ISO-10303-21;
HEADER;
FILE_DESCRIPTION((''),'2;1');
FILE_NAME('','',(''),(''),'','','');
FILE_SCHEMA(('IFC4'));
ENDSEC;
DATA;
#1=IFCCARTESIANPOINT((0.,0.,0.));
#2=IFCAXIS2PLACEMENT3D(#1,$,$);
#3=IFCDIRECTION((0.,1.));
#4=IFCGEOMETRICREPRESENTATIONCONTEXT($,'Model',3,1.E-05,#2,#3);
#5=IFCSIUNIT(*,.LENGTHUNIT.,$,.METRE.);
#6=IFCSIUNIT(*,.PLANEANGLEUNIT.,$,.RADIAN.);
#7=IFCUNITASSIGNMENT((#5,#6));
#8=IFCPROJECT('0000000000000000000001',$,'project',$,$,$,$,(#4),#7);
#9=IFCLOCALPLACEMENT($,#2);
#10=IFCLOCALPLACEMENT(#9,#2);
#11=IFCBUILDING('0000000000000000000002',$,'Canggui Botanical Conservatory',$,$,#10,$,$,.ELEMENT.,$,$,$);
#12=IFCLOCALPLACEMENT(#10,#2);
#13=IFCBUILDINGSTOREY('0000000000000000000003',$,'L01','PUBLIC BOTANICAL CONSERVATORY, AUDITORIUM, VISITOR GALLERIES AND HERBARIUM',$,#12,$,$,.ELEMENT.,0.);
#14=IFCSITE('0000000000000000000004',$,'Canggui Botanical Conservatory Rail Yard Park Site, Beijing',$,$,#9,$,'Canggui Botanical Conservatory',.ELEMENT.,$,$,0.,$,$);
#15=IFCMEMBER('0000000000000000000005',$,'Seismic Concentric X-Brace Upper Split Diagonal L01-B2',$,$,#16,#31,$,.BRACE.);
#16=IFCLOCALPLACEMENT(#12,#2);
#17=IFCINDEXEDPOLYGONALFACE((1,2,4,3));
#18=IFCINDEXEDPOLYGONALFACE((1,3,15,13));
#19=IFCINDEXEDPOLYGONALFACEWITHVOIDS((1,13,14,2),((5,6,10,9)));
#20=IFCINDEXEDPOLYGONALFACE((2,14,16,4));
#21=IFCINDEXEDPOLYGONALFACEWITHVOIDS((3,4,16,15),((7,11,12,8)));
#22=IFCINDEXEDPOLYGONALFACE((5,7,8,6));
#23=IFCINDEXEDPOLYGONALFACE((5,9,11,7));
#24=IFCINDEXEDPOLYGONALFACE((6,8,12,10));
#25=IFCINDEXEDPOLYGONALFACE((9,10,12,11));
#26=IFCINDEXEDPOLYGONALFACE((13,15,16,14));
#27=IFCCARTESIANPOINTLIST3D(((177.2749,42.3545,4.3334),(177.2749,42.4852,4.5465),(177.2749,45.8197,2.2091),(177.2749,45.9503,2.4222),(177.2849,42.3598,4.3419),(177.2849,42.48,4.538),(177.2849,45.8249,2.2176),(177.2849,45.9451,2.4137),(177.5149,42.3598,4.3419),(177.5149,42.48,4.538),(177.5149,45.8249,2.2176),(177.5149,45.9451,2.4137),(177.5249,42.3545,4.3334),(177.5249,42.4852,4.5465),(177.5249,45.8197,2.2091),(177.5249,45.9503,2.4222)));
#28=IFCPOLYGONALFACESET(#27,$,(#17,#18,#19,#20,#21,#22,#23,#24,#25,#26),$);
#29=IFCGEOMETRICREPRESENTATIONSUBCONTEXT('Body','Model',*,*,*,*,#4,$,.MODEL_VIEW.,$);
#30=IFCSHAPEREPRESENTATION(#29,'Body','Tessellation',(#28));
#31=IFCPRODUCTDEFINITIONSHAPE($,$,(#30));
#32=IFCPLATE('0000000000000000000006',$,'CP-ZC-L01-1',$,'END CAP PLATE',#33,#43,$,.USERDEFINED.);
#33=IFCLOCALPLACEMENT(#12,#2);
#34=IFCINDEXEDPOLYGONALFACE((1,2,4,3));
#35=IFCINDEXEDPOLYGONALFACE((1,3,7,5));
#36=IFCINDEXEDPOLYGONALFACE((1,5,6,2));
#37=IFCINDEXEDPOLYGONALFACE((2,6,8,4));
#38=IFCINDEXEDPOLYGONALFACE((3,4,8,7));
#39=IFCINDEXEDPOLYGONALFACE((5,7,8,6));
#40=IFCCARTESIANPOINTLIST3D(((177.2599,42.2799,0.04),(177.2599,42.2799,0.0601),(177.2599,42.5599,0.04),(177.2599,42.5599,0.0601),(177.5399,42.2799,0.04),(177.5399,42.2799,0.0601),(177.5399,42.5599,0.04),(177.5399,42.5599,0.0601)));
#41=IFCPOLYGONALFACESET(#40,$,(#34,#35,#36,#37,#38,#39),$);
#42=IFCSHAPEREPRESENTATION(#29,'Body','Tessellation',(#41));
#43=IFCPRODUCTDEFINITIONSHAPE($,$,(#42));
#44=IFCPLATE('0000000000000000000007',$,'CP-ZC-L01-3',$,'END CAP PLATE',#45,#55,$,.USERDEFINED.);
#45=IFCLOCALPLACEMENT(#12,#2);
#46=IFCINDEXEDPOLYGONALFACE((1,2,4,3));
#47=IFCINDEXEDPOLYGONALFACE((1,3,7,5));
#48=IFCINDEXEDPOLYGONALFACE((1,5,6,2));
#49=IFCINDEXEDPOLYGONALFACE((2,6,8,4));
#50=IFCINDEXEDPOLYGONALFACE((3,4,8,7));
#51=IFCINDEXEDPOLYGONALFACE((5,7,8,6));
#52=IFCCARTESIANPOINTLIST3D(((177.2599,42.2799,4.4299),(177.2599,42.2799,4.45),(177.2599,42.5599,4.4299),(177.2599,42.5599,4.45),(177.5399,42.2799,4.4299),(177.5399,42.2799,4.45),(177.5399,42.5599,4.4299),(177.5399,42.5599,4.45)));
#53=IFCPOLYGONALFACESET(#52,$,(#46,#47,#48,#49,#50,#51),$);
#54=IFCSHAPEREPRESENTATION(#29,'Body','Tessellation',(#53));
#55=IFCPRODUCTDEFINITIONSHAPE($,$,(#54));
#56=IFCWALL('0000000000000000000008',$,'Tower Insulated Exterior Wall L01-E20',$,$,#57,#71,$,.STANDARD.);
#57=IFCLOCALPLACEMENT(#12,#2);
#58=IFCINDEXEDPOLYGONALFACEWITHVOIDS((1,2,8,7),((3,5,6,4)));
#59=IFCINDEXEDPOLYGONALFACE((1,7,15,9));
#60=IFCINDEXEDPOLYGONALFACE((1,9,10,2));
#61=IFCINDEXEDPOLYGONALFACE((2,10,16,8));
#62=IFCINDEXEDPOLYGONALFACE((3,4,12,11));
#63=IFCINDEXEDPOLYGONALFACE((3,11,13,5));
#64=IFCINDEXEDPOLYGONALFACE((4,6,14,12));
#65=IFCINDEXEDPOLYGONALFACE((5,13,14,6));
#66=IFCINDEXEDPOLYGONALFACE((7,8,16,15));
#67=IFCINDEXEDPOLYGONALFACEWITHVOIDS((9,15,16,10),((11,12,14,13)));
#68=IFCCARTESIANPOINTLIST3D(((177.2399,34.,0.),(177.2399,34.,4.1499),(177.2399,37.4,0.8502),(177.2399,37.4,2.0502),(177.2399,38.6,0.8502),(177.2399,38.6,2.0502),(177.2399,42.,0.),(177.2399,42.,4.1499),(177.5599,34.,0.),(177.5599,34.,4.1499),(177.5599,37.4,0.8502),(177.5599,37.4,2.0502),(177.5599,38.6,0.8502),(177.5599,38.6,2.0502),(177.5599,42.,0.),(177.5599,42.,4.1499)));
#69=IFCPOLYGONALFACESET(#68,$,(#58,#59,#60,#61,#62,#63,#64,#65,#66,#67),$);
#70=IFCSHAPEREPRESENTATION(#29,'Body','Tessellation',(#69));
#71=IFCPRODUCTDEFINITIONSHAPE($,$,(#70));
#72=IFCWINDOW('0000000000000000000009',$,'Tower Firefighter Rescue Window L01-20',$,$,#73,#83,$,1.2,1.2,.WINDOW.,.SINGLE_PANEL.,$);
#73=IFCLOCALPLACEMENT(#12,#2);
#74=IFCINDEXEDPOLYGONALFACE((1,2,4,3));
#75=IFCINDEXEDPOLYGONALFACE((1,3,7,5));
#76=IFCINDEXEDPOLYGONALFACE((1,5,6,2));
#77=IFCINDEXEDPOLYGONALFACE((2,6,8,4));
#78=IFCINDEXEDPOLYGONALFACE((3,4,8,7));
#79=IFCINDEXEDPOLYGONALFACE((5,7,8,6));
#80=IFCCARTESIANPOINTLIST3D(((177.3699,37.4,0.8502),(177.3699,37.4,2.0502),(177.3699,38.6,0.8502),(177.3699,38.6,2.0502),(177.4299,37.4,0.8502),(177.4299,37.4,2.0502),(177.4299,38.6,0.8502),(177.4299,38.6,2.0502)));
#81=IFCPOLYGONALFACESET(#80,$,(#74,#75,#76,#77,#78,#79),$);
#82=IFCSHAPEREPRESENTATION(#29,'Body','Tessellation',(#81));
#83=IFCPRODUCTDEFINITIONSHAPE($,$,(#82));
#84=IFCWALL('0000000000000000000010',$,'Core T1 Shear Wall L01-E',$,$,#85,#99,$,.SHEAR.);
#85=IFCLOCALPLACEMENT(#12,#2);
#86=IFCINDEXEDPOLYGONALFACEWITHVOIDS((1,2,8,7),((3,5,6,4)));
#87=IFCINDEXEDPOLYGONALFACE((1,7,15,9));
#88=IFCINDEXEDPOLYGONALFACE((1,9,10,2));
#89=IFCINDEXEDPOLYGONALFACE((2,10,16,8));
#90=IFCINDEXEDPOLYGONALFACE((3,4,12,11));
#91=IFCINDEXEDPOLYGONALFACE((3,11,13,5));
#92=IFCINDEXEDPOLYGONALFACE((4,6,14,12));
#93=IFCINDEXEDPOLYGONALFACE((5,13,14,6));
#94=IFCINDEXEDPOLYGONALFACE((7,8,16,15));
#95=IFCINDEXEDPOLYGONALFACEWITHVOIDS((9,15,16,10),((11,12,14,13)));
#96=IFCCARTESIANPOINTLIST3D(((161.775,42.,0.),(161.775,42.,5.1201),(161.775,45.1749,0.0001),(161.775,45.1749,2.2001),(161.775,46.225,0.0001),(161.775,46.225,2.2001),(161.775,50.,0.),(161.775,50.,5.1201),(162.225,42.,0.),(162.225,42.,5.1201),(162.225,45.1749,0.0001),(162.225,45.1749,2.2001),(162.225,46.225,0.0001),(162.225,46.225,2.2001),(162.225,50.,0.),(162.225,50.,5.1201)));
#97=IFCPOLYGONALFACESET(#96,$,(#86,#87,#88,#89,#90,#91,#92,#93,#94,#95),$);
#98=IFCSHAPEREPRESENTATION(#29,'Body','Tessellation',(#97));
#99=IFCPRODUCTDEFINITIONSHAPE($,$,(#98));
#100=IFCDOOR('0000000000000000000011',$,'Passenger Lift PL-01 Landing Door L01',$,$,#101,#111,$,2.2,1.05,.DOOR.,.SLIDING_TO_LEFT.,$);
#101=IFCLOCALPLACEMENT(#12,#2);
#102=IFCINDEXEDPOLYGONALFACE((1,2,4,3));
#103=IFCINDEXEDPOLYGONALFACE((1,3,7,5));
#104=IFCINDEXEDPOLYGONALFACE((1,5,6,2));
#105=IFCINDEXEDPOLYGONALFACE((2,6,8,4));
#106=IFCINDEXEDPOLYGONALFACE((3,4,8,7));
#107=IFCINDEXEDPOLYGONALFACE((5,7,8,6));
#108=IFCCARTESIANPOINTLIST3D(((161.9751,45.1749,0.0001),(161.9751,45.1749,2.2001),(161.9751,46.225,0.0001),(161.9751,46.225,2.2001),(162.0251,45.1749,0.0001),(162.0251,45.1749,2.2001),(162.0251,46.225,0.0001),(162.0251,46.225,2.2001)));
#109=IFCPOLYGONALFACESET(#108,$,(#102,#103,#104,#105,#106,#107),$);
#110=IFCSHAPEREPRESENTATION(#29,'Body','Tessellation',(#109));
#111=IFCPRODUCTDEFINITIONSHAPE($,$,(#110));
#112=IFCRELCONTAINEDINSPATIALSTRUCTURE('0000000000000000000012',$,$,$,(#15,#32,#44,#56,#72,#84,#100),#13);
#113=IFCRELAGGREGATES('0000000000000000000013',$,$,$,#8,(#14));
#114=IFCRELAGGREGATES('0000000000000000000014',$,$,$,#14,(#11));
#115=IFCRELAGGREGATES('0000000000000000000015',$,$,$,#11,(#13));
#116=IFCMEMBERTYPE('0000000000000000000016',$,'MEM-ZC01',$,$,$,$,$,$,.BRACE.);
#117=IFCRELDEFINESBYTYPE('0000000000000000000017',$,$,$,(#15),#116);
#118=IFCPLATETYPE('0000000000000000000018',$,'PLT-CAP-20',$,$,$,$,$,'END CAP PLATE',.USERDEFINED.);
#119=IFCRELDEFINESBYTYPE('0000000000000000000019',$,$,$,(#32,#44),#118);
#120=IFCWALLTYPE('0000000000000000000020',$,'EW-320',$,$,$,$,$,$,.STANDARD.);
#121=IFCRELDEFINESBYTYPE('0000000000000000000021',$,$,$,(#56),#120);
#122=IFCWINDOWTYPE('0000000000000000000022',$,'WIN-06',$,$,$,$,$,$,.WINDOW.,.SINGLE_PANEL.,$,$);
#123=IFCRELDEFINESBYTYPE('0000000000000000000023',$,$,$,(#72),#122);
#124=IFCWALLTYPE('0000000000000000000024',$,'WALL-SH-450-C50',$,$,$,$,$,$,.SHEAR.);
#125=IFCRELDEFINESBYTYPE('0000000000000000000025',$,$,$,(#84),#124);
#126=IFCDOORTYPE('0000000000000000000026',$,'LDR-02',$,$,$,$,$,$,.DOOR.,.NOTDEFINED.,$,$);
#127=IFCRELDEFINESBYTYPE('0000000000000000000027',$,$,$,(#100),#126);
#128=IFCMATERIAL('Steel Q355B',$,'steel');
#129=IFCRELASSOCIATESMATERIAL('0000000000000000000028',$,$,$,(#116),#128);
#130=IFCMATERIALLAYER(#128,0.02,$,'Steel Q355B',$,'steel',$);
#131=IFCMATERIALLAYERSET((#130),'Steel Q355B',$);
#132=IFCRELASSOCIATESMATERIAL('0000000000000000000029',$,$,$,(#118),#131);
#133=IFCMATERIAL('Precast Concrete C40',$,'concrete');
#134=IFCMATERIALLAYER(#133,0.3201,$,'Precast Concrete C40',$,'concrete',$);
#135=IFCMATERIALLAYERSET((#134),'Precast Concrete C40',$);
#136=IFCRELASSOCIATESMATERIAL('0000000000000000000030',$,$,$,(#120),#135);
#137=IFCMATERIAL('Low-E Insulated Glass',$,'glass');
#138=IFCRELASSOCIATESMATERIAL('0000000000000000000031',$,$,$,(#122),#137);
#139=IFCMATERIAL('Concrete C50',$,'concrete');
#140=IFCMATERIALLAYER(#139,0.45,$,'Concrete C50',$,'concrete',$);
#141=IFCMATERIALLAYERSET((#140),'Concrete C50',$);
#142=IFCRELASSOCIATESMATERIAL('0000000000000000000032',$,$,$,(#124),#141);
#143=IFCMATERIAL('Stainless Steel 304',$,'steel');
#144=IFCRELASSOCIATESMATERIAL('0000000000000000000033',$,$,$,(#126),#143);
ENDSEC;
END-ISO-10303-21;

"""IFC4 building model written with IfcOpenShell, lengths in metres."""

from ifc_helpers import new_model, si_unit, direction, frame, frame_2d, origin, origin_2d, place, context, subcontext, project, spatial, rectangle, hollow_rectangle, extrude, material, layer, layer_set, material_profile, profile_set, type_object, element, fill, save


model = new_model("IFC4")

# Units and contexts
model_context = context("Model", 3, precision=1e-05, world=origin(), true_north=direction((0.0, 1.0)))
body_context = subcontext(model_context, "Body", "Model", "MODEL_VIEW")
ifc_project = project(units=[si_unit("LENGTHUNIT", "METRE"), si_unit("PLANEANGLEUNIT", "RADIAN")], contexts=[model_context])

# Site, building, storey
site_placement = place(None, origin())
site = spatial("IfcSite", under=ifc_project, at=site_placement, Name="Canggui Botanical Conservatory Rail Yard Park Site, Beijing", LongName="Canggui Botanical Conservatory", CompositionType="ELEMENT", RefElevation=0.0)
building_placement = place(site_placement, origin())
building = spatial("IfcBuilding", under=site, at=building_placement, Name="Canggui Botanical Conservatory", CompositionType="ELEMENT")
storey_placement = place(building_placement, origin())
storey = spatial("IfcBuildingStorey", under=building, at=storey_placement, Name="L01", Description="PUBLIC BOTANICAL CONSERVATORY, AUDITORIUM, VISITOR GALLERIES AND HERBARIUM", CompositionType="ELEMENT", Elevation=0.0)

# Shared definitions
ifc_material_1 = material(Name="Concrete C50", Category="concrete")

# Member
ifc_material_2 = material(Name="Steel Q355B", Category="steel")
ifc_material_profile_1 = material_profile(ifc_material_2, hollow_rectangle(XDim=0.25, YDim=0.25, WallThickness=0.01, at=origin_2d()), Name="SHS 250x250x10")
ifc_profile_set_1 = profile_set([ifc_material_profile_1], Name="Steel Q355B")
member_type = type_object("IfcMemberType", Name="MEM-ZC01", PredefinedType="BRACE", material=ifc_profile_set_1)
member_1_placement = place(storey_placement, frame((177.3999, 45.885, 2.3157), z_axis=(0.0, -0.852546, 0.522652), x_axis=(1.0, 0.0, 0.0)))
element("IfcMember", 1, at=member_1_placement, inside=storey, type_object=member_type, Name="Seismic Concentric X-Brace Upper Split Diagonal L01-B2", PredefinedType="BRACE", context=body_context, shape_type="SweptSolid", body=[
    extrude(hollow_rectangle(XDim=0.25, YDim=0.25, WallThickness=0.01, at=origin_2d()), origin(), (0.0, 0.0, 1.0), 4.0645),
])

# Plates
ifc_layer_1 = layer(ifc_material_2, 0.02, Name="Steel Q355B", Category="steel")
ifc_layer_set_1 = layer_set([ifc_layer_1], Name="Steel Q355B")
plate_type = type_object("IfcPlateType", Name="PLT-CAP-20", ElementType="END CAP PLATE", PredefinedType="USERDEFINED", material=ifc_layer_set_1)
for number, where, z_axis, x_axis, name in (
    (2, (177.3999, 42.4199, 0.04), (0.0, 0.0, 1.0), (1.0, 0.0, 0.0), "CP-ZC-L01-1"),
    (3, (177.3999, 42.4199, 4.4299), (0.0, 0.0, 1.0), (1.0, 0.0, 0.0), "CP-ZC-L01-3"),
):
    element("IfcPlate", number, at=place(storey_placement, frame(where, z_axis=z_axis, x_axis=x_axis)), inside=storey, type_object=plate_type, Name=name, ObjectType="END CAP PLATE", PredefinedType="USERDEFINED", context=body_context, shape_type="SweptSolid", body=[
        extrude(rectangle(XDim=0.28, YDim=0.28, at=origin_2d()), origin(), (0.0, 0.0, 1.0), 0.02),
    ])

# Wall, opening, window
ifc_material_3 = material(Name="Precast Concrete C40", Category="concrete")
ifc_layer_2 = layer(ifc_material_3, 0.3201, Name="Precast Concrete C40", Category="concrete")
ifc_layer_set_2 = layer_set([ifc_layer_2], Name="Precast Concrete C40")
wall_type_1 = type_object("IfcWallType", Name="EW-320", PredefinedType="STANDARD", material=ifc_layer_set_2)
wall_1_placement = place(storey_placement, frame((177.3999, 42.0, 0.0), z_axis=(0.0, 0.0, 1.0), x_axis=(0.0, -1.0, 0.0)))
wall_1 = element("IfcWall", 4, at=wall_1_placement, inside=storey, type_object=wall_type_1, Name="Tower Insulated Exterior Wall L01-E20", PredefinedType="STANDARD", context=body_context, shape_type="SweptSolid", body=[
    extrude(rectangle(XDim=8.0, YDim=0.3201, at=frame_2d((4.0, 0.0))), origin(), (0.0, 0.0, 1.0), 4.1499),
])
opening_1_placement = place(wall_1_placement, frame((3.3999, 0.0, 0.8501)))
opening_1 = element("IfcOpeningElement", 5, at=opening_1_placement, cuts=wall_1, PredefinedType="OPENING", context=body_context, shape_type="SweptSolid", body=[
    extrude(rectangle(XDim=1.2, YDim=1.2, at=frame_2d((0.6001, 0.6001))), frame((0.0, 0.1699, 0.0), z_axis=(0.0, -1.0, 0.0), x_axis=(1.0, 0.0, 0.0)), (0.0, 0.0, 1.0), 0.3401),
])
ifc_material_4 = material(Name="Low-E Insulated Glass", Category="glass")
window_type = type_object("IfcWindowType", Name="WIN-06", PartitioningType="SINGLE_PANEL", PredefinedType="WINDOW", material=ifc_material_4)
window_placement = place(opening_1_placement, origin())
window = element("IfcWindow", 6, at=window_placement, inside=storey, type_object=window_type, Name="Tower Firefighter Rescue Window L01-20", OverallHeight=1.2, OverallWidth=1.2, PartitioningType="SINGLE_PANEL", PredefinedType="WINDOW", context=body_context, shape_type="SweptSolid", body=[
    extrude(rectangle(XDim=1.2, YDim=1.2, at=frame_2d((0.6001, 0.6001))), frame((0.0, 0.03, 0.0), z_axis=(0.0, -1.0, 0.0), x_axis=(1.0, 0.0, 0.0)), (0.0, 0.0, 1.0), 0.0601),
])
fill(opening_1, window)

# Wall, opening, door
ifc_layer_3 = layer(ifc_material_1, 0.45, Name="Concrete C50", Category="concrete")
ifc_layer_set_3 = layer_set([ifc_layer_3], Name="Concrete C50")
wall_type_2 = type_object("IfcWallType", Name="WALL-SH-450-C50", PredefinedType="SHEAR", material=ifc_layer_set_3)
wall_2_placement = place(storey_placement, frame((162.0, 42.0, 0.0), z_axis=(0.0, 0.0, 1.0), x_axis=(0.0, 1.0, 0.0)))
wall_2 = element("IfcWall", 7, at=wall_2_placement, inside=storey, type_object=wall_type_2, Name="Core T1 Shear Wall L01-E", PredefinedType="SHEAR", context=body_context, shape_type="SweptSolid", body=[
    extrude(rectangle(XDim=8.0, YDim=0.45, at=frame_2d((4.0, 0.0))), origin(), (0.0, 0.0, 1.0), 5.1201),
])
opening_2_placement = place(wall_2_placement, frame((3.175, 0.0, 0.0)))
opening_2 = element("IfcOpeningElement", 8, at=opening_2_placement, cuts=wall_2, PredefinedType="OPENING", context=body_context, shape_type="SweptSolid", body=[
    extrude(rectangle(XDim=1.05, YDim=2.2, at=frame_2d((0.5249, 1.1001))), frame((0.0, 0.2349, 0.0), z_axis=(0.0, -1.0, 0.0), x_axis=(1.0, 0.0, 0.0)), (0.0, 0.0, 1.0), 0.47),
])
ifc_material_5 = material(Name="Stainless Steel 304", Category="steel")
door_type = type_object("IfcDoorType", Name="LDR-02", OperationType="NOTDEFINED", PredefinedType="DOOR", material=ifc_material_5)
door_placement = place(opening_2_placement, origin())
door = element("IfcDoor", 9, at=door_placement, inside=storey, type_object=door_type, Name="Passenger Lift PL-01 Landing Door L01", OperationType="SLIDING_TO_LEFT", OverallHeight=2.2, OverallWidth=1.05, PredefinedType="DOOR", context=body_context, shape_type="SweptSolid", body=[
    extrude(rectangle(XDim=1.05, YDim=2.2, at=frame_2d((0.5249, 1.1001))), frame((0.0, 0.0249, 0.0), z_axis=(0.0, -1.0, 0.0), x_axis=(1.0, 0.0, 0.0)), (0.0, 0.0, 1.0), 0.05),
])
fill(opening_2, door)

save(model, "model.ifc")
